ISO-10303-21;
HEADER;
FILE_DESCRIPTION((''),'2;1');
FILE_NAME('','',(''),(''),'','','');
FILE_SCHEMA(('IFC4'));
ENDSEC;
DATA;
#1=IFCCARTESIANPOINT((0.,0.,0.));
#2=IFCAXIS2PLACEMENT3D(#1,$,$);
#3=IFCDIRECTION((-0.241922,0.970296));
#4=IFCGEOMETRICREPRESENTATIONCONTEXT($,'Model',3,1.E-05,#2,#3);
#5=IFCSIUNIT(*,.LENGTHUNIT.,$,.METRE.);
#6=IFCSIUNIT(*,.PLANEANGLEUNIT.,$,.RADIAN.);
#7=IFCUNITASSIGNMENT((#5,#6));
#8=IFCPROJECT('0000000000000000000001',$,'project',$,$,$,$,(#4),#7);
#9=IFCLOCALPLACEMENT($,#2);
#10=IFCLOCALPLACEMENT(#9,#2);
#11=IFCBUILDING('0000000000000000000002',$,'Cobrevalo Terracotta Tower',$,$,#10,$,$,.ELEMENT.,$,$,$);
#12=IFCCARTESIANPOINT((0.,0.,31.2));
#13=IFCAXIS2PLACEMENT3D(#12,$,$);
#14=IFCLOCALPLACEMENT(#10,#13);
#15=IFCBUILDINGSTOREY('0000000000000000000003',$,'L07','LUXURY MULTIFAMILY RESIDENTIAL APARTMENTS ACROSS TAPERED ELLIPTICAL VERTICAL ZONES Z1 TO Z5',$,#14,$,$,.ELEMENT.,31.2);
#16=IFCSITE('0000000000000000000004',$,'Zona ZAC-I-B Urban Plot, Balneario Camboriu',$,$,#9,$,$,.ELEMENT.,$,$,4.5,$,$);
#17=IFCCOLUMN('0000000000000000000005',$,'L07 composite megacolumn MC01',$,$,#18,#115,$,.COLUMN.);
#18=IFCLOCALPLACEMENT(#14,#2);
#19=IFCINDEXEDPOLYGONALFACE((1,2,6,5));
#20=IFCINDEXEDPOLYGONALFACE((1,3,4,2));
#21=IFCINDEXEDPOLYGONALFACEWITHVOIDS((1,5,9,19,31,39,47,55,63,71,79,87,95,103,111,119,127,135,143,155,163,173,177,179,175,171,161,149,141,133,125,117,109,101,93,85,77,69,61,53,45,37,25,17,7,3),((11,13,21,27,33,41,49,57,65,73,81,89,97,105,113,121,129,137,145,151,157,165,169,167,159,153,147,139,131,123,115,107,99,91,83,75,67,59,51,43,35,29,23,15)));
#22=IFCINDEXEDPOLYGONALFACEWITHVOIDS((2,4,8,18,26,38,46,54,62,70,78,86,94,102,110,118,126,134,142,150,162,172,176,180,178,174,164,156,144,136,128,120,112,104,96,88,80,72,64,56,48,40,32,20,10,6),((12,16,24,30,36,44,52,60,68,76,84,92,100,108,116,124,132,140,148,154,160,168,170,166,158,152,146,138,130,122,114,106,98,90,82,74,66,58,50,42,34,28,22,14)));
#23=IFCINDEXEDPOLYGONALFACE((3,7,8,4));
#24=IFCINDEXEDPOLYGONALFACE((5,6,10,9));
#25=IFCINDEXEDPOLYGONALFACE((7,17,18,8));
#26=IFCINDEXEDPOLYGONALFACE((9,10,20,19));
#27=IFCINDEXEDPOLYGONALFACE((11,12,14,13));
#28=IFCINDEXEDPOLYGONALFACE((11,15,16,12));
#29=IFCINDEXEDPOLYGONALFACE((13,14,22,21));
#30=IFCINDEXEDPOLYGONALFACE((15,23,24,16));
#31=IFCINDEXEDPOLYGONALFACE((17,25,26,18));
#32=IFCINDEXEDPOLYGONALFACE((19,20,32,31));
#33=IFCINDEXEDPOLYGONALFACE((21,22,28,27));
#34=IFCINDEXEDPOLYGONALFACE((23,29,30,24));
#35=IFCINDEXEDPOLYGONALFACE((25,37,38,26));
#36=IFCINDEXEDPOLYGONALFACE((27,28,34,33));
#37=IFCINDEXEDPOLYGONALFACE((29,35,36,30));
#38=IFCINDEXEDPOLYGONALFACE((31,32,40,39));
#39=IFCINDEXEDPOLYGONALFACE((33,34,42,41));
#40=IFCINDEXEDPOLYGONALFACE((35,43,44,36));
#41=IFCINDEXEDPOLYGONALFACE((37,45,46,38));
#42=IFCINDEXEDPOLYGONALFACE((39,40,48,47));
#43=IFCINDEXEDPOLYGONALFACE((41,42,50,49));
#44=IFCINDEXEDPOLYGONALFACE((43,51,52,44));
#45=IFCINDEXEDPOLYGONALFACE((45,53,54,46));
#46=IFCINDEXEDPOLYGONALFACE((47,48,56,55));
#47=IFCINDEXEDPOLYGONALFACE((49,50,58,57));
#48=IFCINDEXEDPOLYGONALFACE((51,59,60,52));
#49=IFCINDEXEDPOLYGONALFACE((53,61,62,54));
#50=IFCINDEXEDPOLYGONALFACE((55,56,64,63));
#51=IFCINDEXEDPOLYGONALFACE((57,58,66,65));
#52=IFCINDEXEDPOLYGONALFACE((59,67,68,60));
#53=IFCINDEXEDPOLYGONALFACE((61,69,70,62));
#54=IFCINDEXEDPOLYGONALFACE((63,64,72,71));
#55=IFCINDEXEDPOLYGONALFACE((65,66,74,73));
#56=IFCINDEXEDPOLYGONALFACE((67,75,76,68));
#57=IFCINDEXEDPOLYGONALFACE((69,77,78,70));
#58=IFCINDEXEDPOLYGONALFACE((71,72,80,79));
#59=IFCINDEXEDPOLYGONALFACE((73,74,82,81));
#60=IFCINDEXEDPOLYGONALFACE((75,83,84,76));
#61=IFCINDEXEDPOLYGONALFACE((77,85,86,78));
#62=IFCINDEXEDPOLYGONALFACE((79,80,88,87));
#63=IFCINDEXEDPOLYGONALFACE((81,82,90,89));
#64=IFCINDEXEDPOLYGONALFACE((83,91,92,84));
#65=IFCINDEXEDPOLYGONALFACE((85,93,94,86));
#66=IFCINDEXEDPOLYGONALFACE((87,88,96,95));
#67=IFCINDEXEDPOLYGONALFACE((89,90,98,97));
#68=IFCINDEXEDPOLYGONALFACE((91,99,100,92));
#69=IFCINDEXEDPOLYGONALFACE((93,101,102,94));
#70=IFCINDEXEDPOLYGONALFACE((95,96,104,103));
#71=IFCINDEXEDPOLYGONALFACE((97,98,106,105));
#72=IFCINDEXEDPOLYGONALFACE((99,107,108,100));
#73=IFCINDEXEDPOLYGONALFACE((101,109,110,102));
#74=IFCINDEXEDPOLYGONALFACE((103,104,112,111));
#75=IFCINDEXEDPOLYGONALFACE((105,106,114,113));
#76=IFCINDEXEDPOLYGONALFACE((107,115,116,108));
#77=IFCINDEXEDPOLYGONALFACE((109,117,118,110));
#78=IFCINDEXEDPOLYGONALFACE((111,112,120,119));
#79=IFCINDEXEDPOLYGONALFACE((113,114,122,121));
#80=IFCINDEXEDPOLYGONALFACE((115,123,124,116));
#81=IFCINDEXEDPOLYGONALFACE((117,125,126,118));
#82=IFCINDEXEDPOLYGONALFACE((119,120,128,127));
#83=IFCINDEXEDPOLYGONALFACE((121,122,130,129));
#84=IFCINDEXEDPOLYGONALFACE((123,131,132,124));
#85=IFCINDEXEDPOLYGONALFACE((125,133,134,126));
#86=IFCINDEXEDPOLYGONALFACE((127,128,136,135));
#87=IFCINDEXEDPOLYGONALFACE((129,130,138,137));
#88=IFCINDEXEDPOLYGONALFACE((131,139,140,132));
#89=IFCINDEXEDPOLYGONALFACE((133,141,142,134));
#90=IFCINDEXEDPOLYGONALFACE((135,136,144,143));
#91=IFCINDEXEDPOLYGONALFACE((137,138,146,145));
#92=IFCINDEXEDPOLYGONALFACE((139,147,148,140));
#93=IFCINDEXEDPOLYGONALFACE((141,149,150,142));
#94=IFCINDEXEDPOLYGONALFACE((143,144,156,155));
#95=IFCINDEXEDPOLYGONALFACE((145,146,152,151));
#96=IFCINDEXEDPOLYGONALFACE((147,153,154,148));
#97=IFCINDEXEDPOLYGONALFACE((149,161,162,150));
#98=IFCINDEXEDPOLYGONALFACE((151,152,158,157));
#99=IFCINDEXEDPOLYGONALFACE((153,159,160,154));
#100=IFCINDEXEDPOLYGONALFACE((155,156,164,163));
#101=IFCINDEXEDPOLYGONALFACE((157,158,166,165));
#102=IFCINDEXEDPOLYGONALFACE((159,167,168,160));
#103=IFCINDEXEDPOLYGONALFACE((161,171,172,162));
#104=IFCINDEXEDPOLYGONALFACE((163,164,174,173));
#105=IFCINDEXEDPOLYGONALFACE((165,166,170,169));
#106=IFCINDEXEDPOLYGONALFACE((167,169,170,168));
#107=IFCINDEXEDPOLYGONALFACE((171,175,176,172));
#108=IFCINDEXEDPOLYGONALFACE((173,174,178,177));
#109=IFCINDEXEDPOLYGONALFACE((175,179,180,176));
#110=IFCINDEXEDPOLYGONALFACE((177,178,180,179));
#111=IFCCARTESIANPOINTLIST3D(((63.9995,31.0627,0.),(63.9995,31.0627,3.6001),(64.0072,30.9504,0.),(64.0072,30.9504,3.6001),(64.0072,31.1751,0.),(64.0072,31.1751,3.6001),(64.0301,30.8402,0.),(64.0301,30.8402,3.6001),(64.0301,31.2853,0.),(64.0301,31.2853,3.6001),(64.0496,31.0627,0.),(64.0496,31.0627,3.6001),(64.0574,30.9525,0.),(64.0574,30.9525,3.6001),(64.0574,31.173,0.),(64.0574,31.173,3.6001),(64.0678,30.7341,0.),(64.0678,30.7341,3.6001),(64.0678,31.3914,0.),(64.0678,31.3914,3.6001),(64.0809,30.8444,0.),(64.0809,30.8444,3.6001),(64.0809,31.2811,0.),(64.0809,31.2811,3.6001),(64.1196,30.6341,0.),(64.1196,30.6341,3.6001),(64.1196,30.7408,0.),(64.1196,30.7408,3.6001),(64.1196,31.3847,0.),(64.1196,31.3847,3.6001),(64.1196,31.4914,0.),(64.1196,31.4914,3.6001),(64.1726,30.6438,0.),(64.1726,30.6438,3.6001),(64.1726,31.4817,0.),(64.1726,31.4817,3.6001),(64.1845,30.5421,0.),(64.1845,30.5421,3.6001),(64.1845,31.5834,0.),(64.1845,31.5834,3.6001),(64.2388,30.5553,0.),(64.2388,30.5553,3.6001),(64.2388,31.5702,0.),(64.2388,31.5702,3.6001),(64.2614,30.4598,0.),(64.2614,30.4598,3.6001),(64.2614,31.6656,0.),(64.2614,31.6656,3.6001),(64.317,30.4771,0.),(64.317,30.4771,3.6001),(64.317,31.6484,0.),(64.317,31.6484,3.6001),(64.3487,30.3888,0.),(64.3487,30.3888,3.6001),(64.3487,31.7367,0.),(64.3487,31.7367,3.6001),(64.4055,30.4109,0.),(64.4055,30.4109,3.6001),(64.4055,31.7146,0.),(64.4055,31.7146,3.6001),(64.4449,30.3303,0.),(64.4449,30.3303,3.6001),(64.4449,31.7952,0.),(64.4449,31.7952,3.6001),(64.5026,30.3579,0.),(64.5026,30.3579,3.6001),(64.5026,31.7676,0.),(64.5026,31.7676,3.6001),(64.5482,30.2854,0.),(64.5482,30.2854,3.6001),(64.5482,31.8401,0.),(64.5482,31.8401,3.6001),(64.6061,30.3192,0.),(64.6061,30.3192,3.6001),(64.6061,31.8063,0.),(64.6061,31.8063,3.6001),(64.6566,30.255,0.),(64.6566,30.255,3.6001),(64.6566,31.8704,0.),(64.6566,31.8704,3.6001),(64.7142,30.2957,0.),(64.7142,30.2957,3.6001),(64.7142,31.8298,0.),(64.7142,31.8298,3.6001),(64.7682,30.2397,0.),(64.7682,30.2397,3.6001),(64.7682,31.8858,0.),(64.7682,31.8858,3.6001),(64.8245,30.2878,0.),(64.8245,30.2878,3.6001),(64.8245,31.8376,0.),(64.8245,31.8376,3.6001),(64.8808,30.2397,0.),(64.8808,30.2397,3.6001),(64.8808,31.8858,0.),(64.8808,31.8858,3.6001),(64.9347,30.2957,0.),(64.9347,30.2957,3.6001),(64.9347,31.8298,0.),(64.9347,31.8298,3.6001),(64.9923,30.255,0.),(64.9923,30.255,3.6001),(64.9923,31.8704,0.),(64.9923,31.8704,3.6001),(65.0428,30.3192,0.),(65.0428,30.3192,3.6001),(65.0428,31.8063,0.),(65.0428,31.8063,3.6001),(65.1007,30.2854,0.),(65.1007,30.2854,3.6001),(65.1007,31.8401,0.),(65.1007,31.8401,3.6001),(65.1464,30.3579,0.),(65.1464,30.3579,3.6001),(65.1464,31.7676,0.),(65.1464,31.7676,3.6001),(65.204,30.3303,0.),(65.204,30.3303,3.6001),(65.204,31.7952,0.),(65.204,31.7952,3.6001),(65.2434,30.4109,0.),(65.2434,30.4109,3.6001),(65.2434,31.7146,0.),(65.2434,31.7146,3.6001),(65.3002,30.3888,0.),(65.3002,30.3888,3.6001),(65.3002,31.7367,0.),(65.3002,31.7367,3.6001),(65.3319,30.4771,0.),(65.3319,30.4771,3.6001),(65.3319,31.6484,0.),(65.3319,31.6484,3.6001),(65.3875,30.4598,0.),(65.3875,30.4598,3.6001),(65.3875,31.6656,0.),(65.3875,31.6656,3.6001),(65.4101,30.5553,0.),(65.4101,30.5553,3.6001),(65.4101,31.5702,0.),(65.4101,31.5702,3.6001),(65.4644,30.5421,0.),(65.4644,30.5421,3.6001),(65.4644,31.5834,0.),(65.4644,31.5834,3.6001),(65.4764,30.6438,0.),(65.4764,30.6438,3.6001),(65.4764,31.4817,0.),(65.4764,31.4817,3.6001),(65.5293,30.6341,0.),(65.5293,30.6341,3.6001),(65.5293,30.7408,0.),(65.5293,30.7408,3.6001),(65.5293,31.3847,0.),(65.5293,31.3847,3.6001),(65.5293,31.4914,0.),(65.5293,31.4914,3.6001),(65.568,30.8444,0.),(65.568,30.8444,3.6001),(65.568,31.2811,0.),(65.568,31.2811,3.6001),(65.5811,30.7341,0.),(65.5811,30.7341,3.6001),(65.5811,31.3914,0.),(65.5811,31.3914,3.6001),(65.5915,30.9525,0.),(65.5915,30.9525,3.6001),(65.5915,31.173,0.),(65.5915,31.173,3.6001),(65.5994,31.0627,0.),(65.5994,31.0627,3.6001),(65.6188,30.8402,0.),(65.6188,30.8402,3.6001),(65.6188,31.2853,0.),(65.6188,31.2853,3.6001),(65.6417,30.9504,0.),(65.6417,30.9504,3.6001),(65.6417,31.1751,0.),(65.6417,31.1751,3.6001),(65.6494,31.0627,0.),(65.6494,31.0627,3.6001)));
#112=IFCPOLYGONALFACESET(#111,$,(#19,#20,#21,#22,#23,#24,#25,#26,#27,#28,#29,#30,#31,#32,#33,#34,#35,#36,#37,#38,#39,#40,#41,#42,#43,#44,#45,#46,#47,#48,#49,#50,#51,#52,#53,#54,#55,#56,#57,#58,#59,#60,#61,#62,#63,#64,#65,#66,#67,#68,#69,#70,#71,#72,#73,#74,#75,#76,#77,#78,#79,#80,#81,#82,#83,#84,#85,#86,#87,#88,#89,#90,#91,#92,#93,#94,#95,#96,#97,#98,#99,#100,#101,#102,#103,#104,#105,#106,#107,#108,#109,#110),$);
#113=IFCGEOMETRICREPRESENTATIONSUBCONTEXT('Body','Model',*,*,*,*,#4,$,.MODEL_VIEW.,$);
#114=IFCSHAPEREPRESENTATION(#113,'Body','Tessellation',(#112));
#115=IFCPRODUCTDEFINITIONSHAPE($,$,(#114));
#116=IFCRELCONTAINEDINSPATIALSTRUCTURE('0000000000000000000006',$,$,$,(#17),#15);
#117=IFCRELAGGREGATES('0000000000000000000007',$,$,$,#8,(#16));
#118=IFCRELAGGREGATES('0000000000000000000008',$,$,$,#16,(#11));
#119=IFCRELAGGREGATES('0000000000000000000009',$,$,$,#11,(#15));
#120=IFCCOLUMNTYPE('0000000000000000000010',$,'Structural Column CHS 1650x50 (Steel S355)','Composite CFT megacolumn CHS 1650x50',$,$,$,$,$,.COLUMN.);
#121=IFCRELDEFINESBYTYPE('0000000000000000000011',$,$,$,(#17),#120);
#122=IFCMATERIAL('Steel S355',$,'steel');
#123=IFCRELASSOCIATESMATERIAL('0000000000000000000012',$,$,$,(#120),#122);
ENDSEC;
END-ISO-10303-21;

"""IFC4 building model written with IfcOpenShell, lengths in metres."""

from ifc_helpers import new_model, si_unit, direction, frame, origin, origin_2d, place, context, subcontext, project, spatial, hollow_circle, extrude, material, material_profile, profile_set, type_object, element, save


model = new_model("IFC4")

# Units and contexts
model_context = context("Model", 3, precision=1e-05, world=origin(), true_north=direction((-0.241922, 0.970296)))
body_context = subcontext(model_context, "Body", "Model", "MODEL_VIEW")
ifc_project = project(units=[si_unit("LENGTHUNIT", "METRE"), si_unit("PLANEANGLEUNIT", "RADIAN")], contexts=[model_context])

# Site, building, storey
site_placement = place(None, origin())
site = spatial("IfcSite", under=ifc_project, at=site_placement, Name="Zona ZAC-I-B Urban Plot, Balneario Camboriu", CompositionType="ELEMENT", RefElevation=4.5)
building_placement = place(site_placement, origin())
building = spatial("IfcBuilding", under=site, at=building_placement, Name="Cobrevalo Terracotta Tower", CompositionType="ELEMENT")
storey_placement = place(building_placement, frame((0.0, 0.0, 31.2)))
storey = spatial("IfcBuildingStorey", under=building, at=storey_placement, Name="L07", Description="LUXURY MULTIFAMILY RESIDENTIAL APARTMENTS ACROSS TAPERED ELLIPTICAL VERTICAL ZONES Z1 TO Z5", CompositionType="ELEMENT", Elevation=31.2)

# Column
ifc_material_1 = material(Name="Steel S355", Category="steel")
ifc_material_profile_1 = material_profile(ifc_material_1, hollow_circle(Radius=0.825, WallThickness=0.05, at=origin_2d()), Name="CHS 1650x50")
ifc_profile_set_1 = profile_set([ifc_material_profile_1], Name="Steel S355")
column_type = type_object("IfcColumnType", Name="Structural Column CHS 1650x50 (Steel S355)", Description="Composite CFT megacolumn CHS 1650x50", PredefinedType="COLUMN", material=ifc_profile_set_1)
for number, where, z_axis, x_axis, name in (
    (1, (64.8245, 31.0627, 0.0), (0.0, 0.0, 1.0), (1.0, 0.0, 0.0), "L07 composite megacolumn MC01"),
):
    element("IfcColumn", number, at=place(storey_placement, frame(where, z_axis=z_axis, x_axis=x_axis)), inside=storey, type_object=column_type, Name=name, PredefinedType="COLUMN", context=body_context, shape_type="SweptSolid", body=[
        extrude(hollow_circle(Radius=0.825, WallThickness=0.05, at=origin_2d()), origin(), (0.0, 0.0, 1.0), 3.6001),
    ])

save(model, "model.ifc")
